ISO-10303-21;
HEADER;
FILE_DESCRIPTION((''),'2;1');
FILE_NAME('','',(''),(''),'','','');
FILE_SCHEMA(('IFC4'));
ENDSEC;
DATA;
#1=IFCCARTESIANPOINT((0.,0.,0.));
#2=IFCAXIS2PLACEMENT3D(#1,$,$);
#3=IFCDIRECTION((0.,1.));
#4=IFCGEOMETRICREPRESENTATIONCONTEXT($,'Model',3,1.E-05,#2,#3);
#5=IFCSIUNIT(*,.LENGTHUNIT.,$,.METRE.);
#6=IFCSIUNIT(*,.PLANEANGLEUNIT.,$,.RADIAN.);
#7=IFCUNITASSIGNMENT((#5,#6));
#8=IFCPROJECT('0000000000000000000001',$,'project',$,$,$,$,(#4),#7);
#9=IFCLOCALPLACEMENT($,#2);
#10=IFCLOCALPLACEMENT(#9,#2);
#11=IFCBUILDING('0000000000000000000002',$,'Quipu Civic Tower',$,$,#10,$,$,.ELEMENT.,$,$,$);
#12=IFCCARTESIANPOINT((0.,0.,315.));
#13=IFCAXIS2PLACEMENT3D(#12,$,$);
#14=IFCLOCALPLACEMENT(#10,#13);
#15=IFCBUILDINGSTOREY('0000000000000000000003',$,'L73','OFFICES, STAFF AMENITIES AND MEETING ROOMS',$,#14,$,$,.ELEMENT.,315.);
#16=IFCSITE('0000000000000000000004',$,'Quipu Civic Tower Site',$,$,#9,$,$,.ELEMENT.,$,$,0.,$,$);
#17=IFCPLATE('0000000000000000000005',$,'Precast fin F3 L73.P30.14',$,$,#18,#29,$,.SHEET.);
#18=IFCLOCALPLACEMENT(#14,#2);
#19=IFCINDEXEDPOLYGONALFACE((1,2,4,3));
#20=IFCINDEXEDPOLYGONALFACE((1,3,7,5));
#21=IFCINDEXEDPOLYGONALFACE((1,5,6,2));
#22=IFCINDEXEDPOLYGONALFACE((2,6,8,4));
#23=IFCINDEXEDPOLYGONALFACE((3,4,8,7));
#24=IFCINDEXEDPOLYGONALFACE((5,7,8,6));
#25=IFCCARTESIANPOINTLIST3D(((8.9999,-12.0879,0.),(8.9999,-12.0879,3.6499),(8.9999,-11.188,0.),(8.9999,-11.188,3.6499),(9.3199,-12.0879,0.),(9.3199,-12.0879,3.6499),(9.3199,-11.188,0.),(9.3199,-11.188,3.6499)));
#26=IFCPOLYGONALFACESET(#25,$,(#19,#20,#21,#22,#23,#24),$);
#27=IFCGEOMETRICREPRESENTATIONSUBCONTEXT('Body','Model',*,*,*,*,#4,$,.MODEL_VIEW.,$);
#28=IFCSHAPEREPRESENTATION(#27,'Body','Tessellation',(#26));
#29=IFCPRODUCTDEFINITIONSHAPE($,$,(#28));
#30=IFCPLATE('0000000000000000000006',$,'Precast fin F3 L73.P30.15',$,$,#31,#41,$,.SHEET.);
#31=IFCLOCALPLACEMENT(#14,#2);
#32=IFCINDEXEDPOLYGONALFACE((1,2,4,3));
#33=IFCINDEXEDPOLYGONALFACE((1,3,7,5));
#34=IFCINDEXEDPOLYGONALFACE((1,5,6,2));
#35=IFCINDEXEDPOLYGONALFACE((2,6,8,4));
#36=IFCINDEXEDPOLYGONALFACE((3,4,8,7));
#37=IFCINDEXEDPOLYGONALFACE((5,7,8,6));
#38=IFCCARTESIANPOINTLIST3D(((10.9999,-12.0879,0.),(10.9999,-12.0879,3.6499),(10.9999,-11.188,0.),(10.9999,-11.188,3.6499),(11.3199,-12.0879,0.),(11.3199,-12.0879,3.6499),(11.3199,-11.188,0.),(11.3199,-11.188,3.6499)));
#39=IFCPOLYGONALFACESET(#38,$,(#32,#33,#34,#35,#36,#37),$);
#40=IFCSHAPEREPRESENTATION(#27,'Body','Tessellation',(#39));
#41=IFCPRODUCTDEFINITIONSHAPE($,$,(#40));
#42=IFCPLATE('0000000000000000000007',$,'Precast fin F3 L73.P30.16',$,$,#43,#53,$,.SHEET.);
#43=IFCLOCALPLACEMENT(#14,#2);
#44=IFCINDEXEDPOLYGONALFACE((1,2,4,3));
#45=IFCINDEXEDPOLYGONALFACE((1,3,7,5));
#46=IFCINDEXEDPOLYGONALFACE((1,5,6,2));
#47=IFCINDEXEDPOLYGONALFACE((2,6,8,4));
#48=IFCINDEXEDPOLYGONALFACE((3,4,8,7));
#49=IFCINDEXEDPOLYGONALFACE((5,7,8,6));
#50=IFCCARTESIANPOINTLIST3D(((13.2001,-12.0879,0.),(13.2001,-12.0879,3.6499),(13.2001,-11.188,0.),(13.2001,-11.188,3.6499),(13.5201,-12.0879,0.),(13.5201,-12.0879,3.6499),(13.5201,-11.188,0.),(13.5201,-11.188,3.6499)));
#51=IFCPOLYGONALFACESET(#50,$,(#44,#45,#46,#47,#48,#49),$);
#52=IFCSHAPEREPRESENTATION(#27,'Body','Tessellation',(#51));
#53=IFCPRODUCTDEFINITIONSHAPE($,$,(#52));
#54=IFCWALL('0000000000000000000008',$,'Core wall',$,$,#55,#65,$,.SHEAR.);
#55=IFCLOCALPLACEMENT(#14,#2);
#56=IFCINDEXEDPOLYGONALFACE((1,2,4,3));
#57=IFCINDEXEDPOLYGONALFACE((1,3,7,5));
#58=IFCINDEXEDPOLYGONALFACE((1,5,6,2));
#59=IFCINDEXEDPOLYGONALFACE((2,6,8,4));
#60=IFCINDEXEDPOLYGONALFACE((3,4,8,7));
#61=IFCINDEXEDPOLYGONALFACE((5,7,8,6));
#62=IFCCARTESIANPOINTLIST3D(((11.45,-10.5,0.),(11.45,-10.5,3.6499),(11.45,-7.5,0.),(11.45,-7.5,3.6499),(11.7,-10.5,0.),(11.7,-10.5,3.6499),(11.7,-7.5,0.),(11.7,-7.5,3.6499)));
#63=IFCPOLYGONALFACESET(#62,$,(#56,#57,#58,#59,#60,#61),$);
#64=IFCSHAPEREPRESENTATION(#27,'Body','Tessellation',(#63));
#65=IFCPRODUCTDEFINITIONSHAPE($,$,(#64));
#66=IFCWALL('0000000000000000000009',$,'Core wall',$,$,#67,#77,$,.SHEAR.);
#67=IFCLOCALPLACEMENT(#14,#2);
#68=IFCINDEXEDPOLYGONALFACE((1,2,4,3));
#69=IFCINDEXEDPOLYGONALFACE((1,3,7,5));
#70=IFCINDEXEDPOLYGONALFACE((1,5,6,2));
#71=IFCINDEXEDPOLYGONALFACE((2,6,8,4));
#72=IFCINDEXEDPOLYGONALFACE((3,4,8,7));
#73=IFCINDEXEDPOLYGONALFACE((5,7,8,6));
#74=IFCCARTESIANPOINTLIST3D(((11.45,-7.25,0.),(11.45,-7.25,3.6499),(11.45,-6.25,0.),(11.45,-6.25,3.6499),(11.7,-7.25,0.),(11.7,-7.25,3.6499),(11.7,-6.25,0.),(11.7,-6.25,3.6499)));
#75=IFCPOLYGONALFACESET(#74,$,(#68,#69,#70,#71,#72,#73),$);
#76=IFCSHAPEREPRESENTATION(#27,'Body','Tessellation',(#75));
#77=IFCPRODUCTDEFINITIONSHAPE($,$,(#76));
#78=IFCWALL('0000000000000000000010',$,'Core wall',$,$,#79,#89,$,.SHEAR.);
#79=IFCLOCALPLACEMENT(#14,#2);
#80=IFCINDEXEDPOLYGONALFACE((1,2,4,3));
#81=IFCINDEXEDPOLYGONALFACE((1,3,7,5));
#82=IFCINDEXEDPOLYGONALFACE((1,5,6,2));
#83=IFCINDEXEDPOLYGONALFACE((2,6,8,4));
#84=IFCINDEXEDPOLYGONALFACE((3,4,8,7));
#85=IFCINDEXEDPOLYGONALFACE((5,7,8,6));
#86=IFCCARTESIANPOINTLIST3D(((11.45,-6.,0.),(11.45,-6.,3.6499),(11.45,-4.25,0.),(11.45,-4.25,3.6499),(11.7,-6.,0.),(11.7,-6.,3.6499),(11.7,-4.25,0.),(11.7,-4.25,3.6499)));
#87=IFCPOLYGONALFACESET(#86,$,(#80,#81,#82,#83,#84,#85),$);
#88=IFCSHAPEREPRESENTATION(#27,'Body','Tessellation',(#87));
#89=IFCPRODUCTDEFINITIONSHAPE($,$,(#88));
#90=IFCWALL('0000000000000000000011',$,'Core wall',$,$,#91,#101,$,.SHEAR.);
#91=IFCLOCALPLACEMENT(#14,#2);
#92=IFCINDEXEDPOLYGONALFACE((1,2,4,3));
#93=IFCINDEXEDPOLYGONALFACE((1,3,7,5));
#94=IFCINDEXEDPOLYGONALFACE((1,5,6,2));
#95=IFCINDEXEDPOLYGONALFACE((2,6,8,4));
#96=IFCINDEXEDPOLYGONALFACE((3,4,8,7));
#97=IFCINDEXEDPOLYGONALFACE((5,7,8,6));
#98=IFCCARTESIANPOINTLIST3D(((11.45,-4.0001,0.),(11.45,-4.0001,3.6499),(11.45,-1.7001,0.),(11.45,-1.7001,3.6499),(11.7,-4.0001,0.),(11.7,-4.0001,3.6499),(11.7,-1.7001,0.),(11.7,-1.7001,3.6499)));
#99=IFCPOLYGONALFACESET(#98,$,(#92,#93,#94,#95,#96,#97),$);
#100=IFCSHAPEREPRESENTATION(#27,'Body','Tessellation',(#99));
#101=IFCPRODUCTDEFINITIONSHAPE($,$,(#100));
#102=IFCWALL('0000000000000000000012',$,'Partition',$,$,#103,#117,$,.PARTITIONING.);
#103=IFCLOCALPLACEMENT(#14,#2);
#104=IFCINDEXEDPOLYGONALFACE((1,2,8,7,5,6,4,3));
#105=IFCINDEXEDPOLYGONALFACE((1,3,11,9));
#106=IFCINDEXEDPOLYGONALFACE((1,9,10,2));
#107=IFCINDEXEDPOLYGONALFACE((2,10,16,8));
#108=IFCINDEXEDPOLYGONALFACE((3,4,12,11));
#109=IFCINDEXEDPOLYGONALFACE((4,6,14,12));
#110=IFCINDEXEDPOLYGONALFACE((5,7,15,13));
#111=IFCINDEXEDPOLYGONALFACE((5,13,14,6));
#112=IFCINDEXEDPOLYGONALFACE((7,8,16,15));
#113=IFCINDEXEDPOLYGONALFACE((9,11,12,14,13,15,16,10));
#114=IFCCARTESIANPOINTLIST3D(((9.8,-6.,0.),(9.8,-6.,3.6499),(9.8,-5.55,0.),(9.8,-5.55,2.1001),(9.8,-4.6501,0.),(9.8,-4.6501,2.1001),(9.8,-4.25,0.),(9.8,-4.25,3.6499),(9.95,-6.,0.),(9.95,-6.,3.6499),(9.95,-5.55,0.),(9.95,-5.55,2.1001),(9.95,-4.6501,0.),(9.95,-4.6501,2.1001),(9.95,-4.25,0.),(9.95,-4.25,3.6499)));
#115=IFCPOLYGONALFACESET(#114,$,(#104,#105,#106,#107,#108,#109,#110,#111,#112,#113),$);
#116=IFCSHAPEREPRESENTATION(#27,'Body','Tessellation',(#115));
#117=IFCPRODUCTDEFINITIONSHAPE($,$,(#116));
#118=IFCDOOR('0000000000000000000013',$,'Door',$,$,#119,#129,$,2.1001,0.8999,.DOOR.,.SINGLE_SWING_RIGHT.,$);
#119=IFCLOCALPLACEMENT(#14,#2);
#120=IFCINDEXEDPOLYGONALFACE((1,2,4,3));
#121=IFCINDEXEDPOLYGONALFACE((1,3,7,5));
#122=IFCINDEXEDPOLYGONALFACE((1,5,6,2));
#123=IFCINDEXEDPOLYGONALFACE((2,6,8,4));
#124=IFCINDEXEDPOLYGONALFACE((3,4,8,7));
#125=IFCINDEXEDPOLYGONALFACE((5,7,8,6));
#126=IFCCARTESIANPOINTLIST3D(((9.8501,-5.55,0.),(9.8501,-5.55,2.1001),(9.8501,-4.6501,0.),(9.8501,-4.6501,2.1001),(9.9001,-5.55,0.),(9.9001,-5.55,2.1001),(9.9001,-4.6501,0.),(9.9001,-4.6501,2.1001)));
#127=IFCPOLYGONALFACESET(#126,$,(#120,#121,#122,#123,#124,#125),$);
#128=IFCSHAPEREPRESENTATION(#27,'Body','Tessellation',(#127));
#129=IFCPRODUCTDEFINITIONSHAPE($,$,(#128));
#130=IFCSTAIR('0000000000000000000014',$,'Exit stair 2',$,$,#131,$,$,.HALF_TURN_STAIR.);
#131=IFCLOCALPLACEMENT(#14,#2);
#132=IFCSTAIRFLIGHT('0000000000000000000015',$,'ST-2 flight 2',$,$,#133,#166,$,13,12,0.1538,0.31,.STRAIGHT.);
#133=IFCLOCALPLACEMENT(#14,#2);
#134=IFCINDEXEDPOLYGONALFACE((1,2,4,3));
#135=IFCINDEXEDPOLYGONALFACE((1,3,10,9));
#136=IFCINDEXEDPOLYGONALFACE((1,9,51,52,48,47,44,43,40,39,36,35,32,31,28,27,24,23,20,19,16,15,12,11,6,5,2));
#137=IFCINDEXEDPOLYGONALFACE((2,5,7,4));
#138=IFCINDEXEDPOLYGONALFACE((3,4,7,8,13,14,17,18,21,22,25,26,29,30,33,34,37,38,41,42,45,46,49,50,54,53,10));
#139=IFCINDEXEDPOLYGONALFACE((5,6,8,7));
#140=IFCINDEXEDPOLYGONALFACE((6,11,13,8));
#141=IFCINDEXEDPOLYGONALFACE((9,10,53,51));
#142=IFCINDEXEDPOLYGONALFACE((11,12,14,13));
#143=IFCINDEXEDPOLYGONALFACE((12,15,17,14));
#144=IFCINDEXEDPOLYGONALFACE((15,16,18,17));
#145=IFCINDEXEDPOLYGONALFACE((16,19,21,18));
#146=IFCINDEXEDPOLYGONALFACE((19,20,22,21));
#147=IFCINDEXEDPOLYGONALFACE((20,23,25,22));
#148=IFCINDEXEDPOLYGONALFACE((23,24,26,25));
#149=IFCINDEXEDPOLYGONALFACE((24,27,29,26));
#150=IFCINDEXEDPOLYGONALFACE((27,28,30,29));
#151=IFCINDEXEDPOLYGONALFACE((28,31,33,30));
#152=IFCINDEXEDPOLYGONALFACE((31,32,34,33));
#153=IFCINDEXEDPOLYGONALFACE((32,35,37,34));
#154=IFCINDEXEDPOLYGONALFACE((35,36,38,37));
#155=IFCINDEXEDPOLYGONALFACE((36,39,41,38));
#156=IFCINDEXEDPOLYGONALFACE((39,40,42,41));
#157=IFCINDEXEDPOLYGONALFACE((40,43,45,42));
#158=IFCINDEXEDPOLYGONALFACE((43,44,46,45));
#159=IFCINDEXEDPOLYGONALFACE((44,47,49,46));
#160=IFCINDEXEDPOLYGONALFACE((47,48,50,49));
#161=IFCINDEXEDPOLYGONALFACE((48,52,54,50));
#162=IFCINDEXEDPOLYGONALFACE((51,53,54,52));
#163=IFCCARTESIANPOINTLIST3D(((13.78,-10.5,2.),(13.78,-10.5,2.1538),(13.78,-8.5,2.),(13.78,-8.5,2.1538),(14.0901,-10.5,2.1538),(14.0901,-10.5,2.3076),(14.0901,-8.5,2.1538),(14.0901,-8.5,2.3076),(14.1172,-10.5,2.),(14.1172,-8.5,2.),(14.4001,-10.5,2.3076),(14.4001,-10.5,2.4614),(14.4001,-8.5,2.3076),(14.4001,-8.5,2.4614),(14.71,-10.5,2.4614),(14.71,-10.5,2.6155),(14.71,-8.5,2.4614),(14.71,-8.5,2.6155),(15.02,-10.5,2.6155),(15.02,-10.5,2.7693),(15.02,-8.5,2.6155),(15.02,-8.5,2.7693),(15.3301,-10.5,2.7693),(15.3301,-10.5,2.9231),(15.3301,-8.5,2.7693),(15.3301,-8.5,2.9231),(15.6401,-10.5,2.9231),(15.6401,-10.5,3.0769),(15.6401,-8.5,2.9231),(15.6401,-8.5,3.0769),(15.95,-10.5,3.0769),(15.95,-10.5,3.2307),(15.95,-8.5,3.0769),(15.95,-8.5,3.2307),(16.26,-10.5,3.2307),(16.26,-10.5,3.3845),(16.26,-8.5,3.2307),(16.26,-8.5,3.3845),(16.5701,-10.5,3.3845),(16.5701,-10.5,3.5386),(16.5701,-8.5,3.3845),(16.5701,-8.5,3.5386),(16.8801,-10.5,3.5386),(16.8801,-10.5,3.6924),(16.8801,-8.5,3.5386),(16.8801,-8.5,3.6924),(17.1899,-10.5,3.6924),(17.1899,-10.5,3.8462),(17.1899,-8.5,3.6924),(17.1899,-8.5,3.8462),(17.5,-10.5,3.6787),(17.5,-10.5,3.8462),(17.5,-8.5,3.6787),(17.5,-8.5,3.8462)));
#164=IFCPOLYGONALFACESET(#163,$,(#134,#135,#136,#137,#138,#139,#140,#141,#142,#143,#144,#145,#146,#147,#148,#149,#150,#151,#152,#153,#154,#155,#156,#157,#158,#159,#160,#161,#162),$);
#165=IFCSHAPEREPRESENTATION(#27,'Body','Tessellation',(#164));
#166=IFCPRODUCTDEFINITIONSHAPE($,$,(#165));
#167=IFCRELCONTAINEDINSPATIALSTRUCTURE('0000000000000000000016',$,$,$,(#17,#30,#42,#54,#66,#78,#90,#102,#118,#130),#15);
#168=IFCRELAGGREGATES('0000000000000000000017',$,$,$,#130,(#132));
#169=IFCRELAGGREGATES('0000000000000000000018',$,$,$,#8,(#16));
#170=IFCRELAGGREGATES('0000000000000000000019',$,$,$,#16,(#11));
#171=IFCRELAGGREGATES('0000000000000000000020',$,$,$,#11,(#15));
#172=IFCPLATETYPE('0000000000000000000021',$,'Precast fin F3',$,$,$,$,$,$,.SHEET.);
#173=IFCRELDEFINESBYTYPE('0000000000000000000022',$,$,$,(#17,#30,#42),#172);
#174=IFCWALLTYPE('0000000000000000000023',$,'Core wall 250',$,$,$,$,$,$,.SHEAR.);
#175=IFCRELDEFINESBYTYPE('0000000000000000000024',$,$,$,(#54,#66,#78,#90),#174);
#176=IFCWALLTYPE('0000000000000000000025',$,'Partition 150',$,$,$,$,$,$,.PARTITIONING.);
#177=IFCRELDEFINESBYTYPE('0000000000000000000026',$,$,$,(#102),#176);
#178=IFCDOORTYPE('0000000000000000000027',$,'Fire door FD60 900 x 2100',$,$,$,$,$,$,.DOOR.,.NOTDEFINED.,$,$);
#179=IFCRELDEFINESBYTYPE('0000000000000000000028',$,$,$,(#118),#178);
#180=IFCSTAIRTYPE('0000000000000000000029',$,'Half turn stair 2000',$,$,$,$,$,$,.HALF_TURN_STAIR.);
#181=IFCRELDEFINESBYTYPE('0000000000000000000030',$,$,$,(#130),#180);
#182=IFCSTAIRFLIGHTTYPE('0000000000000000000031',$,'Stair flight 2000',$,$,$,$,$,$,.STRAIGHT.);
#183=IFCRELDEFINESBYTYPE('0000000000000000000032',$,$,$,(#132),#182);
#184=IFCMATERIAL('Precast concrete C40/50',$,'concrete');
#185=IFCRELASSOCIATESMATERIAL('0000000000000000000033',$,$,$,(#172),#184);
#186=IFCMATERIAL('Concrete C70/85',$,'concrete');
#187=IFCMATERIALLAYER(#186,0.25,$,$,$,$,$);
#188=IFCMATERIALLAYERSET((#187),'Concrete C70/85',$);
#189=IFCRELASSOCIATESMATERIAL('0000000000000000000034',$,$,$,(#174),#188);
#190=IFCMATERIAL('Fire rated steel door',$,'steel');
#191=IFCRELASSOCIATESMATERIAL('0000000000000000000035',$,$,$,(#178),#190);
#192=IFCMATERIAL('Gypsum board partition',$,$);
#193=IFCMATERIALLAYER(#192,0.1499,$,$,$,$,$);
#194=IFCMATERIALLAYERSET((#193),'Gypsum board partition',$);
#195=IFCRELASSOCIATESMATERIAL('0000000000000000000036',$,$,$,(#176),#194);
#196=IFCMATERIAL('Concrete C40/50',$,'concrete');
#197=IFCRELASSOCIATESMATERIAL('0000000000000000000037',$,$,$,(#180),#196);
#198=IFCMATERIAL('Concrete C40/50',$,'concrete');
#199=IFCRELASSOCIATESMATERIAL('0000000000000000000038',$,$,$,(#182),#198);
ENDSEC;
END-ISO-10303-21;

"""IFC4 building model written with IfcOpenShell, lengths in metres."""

from ifc_helpers import new_model, si_unit, direction, frame, frame_2d, origin, origin_2d, place, context, subcontext, project, spatial, polyline, rectangle, outline, extrude, material, layer, layer_set, type_object, element, fill, aggregate, save


model = new_model("IFC4")

# Units and contexts
model_context = context("Model", 3, precision=1e-05, world=origin(), true_north=direction((0.0, 1.0)))
body_context = subcontext(model_context, "Body", "Model", "MODEL_VIEW")
ifc_project = project(units=[si_unit("LENGTHUNIT", "METRE"), si_unit("PLANEANGLEUNIT", "RADIAN")], contexts=[model_context])

# Site, building, storey
site_placement = place(None, origin())
site = spatial("IfcSite", under=ifc_project, at=site_placement, Name="Quipu Civic Tower Site", CompositionType="ELEMENT", RefElevation=0.0)
building_placement = place(site_placement, origin())
building = spatial("IfcBuilding", under=site, at=building_placement, Name="Quipu Civic Tower", CompositionType="ELEMENT")
storey_placement = place(building_placement, frame((0.0, 0.0, 315.0)))
storey = spatial("IfcBuildingStorey", under=building, at=storey_placement, Name="L73", Description="OFFICES, STAFF AMENITIES AND MEETING ROOMS", CompositionType="ELEMENT", Elevation=315.0)

# Plates
ifc_material_1 = material(Name="Precast concrete C40/50", Category="concrete")
plate_type = type_object("IfcPlateType", Name="Precast fin F3", PredefinedType="SHEET", material=ifc_material_1)
for number, where, z_axis, x_axis, name in (
    (1, (9.1599, -11.6379, 0.0), (0.0, 0.0, 1.0), (1.0, 0.0, 0.0), "Precast fin F3 L73.P30.14"),
    (2, (11.1599, -11.6379, 0.0), (0.0, 0.0, 1.0), (1.0, 0.0, 0.0), "Precast fin F3 L73.P30.15"),
    (3, (13.3601, -11.6379, 0.0), (0.0, 0.0, 1.0), (1.0, 0.0, 0.0), "Precast fin F3 L73.P30.16"),
):
    element("IfcPlate", number, at=place(storey_placement, frame(where, z_axis=z_axis, x_axis=x_axis)), inside=storey, type_object=plate_type, Name=name, PredefinedType="SHEET", context=body_context, shape_type="SweptSolid", body=[
        extrude(rectangle(XDim=0.3201, YDim=0.8999, at=origin_2d()), origin(), (0.0, 0.0, 1.0), 3.6499),
    ])

# Wall
ifc_material_2 = material(Name="Concrete C70/85", Category="concrete")
ifc_layer_1 = layer(ifc_material_2, 0.25)
ifc_layer_set_1 = layer_set([ifc_layer_1], Name="Concrete C70/85")
wall_type_1 = type_object("IfcWallType", Name="Core wall 250", PredefinedType="SHEAR", material=ifc_layer_set_1)
wall_1_placement = place(storey_placement, frame((11.575, -10.5, 0.0), z_axis=(0.0, 0.0, 1.0), x_axis=(0.0, 1.0, 0.0)))
element("IfcWall", 4, at=wall_1_placement, inside=storey, type_object=wall_type_1, Name="Core wall", PredefinedType="SHEAR", context=body_context, shape_type="SweptSolid", body=[
    extrude(rectangle(XDim=3.0, YDim=0.25, at=frame_2d((1.5, 0.0))), origin(), (0.0, 0.0, 1.0), 3.6499),
])

# Shared definitions
ifc_material_3 = material(Name="Fire rated steel door", Category="steel")
door_type_1 = type_object("IfcDoorType", Name="Fire door FD60 900 x 2100", OperationType="NOTDEFINED", PredefinedType="DOOR", material=ifc_material_3)

# Walls
wall_2_placement = place(storey_placement, frame((11.575, -7.25, 0.0), z_axis=(0.0, 0.0, 1.0), x_axis=(0.0, 1.0, 0.0)))
element("IfcWall", 5, at=wall_2_placement, inside=storey, type_object=wall_type_1, Name="Core wall", PredefinedType="SHEAR", context=body_context, shape_type="SweptSolid", body=[
    extrude(rectangle(XDim=1.0, YDim=0.25, at=frame_2d((0.5, 0.0))), origin(), (0.0, 0.0, 1.0), 3.6499),
])
wall_3_placement = place(storey_placement, frame((11.575, -6.0, 0.0), z_axis=(0.0, 0.0, 1.0), x_axis=(0.0, 1.0, 0.0)))
element("IfcWall", 6, at=wall_3_placement, inside=storey, type_object=wall_type_1, Name="Core wall", PredefinedType="SHEAR", context=body_context, shape_type="SweptSolid", body=[
    extrude(rectangle(XDim=1.75, YDim=0.25, at=frame_2d((0.875, 0.0))), origin(), (0.0, 0.0, 1.0), 3.6499),
])
wall_4_placement = place(storey_placement, frame((11.575, -4.0, 0.0), z_axis=(0.0, 0.0, 1.0), x_axis=(0.0, 1.0, 0.0)))
element("IfcWall", 7, at=wall_4_placement, inside=storey, type_object=wall_type_1, Name="Core wall", PredefinedType="SHEAR", context=body_context, shape_type="SweptSolid", body=[
    extrude(rectangle(XDim=2.3, YDim=0.25, at=frame_2d((1.1499, 0.0))), origin(), (0.0, 0.0, 1.0), 3.6499),
])

# Wall, opening, door
ifc_material_4 = material(Name="Gypsum board partition")
ifc_layer_2 = layer(ifc_material_4, 0.1499)
ifc_layer_set_2 = layer_set([ifc_layer_2], Name="Gypsum board partition")
wall_type_2 = type_object("IfcWallType", Name="Partition 150", PredefinedType="PARTITIONING", material=ifc_layer_set_2)
wall_5_placement = place(storey_placement, frame((9.875, -6.0, 0.0), z_axis=(0.0, 0.0, 1.0), x_axis=(0.0, 1.0, 0.0)))
wall_5 = element("IfcWall", 8, at=wall_5_placement, inside=storey, type_object=wall_type_2, Name="Partition", PredefinedType="PARTITIONING", context=body_context, shape_type="SweptSolid", body=[
    extrude(rectangle(XDim=1.75, YDim=0.1499, at=frame_2d((0.875, 0.0))), origin(), (0.0, 0.0, 1.0), 3.6499),
])
opening_1_placement = place(wall_5_placement, frame((0.45, 0.0, 0.0)))
opening_1 = element("IfcOpeningElement", 9, at=opening_1_placement, cuts=wall_5, PredefinedType="OPENING", context=body_context, shape_type="SweptSolid", body=[
    extrude(rectangle(XDim=0.8999, YDim=2.1001, at=frame_2d((0.45, 1.05))), frame((0.0, 0.085, 0.0), z_axis=(0.0, -1.0, 0.0), x_axis=(1.0, 0.0, 0.0)), (0.0, 0.0, 1.0), 0.1699),
])
door_1_placement = place(opening_1_placement, origin())
door_1 = element("IfcDoor", 10, at=door_1_placement, inside=storey, type_object=door_type_1, Name="Door", OperationType="SINGLE_SWING_RIGHT", OverallHeight=2.1001, OverallWidth=0.8999, PredefinedType="DOOR", context=body_context, shape_type="SweptSolid", body=[
    extrude(rectangle(XDim=0.8999, YDim=2.1001, at=frame_2d((0.45, 1.05))), frame((0.0, 0.0249, 0.0), z_axis=(0.0, -1.0, 0.0), x_axis=(1.0, 0.0, 0.0)), (0.0, 0.0, 1.0), 0.05),
])
fill(opening_1, door_1)

# Stair, stair flight
ifc_material_5 = material(Name="Concrete C40/50", Category="concrete")
stair_type = type_object("IfcStairType", Name="Half turn stair 2000", PredefinedType="HALF_TURN_STAIR", material=ifc_material_5)
stair_placement = place(storey_placement, origin())
stair = element("IfcStair", 11, at=stair_placement, inside=storey, type_object=stair_type, Name="Exit stair 2", PredefinedType="HALF_TURN_STAIR")
ifc_material_6 = material(Name="Concrete C40/50", Category="concrete")
stair_flight_type = type_object("IfcStairFlightType", Name="Stair flight 2000", PredefinedType="STRAIGHT", material=ifc_material_6)
stair_flight_placement = place(storey_placement, frame((13.78, -9.5, 2.0), z_axis=(0.0, 0.0, 1.0), x_axis=(1.0, 0.0, 0.0)))
stair_flight = element("IfcStairFlight", 12, at=stair_flight_placement, type_object=stair_flight_type, Name="ST-2 flight 2", NumberOfRisers=13, NumberOfTreads=12, PredefinedType="STRAIGHT", RiserHeight=0.1538, TreadLength=0.31, context=body_context, shape_type="SweptSolid", body=[
    extrude(outline(polyline([(0.0, 0.0), (0.0, 0.1538), (0.3101, 0.1538), (0.3101, 0.3076), (0.6201, 0.3076), (0.6201, 0.4614), (0.9299, 0.4614), (0.9299, 0.6155), (1.24, 0.6155), (1.24, 0.7693), (1.55, 0.7693), (1.55, 0.9231), (1.8601, 0.9231), (1.8601, 1.0769), (2.1699, 1.0769), (2.1699, 1.2307), (2.48, 1.2307), (2.48, 1.3845), (2.79, 1.3845), (2.79, 1.5386), (3.1001, 1.5386), (3.1001, 1.6924), (3.4099, 1.6924), (3.4099, 1.8462), (3.72, 1.8462), (3.72, 2.0), (3.72, 1.6787), (0.3372, 0.0), (0.0, 0.0)])), frame((0.0, 1.0, 0.0), z_axis=(0.0, -1.0, 0.0), x_axis=(1.0, 0.0, 0.0)), (0.0, 0.0, 1.0), 2.0),
])
aggregate(stair, [stair_flight])

save(model, "model.ifc")
